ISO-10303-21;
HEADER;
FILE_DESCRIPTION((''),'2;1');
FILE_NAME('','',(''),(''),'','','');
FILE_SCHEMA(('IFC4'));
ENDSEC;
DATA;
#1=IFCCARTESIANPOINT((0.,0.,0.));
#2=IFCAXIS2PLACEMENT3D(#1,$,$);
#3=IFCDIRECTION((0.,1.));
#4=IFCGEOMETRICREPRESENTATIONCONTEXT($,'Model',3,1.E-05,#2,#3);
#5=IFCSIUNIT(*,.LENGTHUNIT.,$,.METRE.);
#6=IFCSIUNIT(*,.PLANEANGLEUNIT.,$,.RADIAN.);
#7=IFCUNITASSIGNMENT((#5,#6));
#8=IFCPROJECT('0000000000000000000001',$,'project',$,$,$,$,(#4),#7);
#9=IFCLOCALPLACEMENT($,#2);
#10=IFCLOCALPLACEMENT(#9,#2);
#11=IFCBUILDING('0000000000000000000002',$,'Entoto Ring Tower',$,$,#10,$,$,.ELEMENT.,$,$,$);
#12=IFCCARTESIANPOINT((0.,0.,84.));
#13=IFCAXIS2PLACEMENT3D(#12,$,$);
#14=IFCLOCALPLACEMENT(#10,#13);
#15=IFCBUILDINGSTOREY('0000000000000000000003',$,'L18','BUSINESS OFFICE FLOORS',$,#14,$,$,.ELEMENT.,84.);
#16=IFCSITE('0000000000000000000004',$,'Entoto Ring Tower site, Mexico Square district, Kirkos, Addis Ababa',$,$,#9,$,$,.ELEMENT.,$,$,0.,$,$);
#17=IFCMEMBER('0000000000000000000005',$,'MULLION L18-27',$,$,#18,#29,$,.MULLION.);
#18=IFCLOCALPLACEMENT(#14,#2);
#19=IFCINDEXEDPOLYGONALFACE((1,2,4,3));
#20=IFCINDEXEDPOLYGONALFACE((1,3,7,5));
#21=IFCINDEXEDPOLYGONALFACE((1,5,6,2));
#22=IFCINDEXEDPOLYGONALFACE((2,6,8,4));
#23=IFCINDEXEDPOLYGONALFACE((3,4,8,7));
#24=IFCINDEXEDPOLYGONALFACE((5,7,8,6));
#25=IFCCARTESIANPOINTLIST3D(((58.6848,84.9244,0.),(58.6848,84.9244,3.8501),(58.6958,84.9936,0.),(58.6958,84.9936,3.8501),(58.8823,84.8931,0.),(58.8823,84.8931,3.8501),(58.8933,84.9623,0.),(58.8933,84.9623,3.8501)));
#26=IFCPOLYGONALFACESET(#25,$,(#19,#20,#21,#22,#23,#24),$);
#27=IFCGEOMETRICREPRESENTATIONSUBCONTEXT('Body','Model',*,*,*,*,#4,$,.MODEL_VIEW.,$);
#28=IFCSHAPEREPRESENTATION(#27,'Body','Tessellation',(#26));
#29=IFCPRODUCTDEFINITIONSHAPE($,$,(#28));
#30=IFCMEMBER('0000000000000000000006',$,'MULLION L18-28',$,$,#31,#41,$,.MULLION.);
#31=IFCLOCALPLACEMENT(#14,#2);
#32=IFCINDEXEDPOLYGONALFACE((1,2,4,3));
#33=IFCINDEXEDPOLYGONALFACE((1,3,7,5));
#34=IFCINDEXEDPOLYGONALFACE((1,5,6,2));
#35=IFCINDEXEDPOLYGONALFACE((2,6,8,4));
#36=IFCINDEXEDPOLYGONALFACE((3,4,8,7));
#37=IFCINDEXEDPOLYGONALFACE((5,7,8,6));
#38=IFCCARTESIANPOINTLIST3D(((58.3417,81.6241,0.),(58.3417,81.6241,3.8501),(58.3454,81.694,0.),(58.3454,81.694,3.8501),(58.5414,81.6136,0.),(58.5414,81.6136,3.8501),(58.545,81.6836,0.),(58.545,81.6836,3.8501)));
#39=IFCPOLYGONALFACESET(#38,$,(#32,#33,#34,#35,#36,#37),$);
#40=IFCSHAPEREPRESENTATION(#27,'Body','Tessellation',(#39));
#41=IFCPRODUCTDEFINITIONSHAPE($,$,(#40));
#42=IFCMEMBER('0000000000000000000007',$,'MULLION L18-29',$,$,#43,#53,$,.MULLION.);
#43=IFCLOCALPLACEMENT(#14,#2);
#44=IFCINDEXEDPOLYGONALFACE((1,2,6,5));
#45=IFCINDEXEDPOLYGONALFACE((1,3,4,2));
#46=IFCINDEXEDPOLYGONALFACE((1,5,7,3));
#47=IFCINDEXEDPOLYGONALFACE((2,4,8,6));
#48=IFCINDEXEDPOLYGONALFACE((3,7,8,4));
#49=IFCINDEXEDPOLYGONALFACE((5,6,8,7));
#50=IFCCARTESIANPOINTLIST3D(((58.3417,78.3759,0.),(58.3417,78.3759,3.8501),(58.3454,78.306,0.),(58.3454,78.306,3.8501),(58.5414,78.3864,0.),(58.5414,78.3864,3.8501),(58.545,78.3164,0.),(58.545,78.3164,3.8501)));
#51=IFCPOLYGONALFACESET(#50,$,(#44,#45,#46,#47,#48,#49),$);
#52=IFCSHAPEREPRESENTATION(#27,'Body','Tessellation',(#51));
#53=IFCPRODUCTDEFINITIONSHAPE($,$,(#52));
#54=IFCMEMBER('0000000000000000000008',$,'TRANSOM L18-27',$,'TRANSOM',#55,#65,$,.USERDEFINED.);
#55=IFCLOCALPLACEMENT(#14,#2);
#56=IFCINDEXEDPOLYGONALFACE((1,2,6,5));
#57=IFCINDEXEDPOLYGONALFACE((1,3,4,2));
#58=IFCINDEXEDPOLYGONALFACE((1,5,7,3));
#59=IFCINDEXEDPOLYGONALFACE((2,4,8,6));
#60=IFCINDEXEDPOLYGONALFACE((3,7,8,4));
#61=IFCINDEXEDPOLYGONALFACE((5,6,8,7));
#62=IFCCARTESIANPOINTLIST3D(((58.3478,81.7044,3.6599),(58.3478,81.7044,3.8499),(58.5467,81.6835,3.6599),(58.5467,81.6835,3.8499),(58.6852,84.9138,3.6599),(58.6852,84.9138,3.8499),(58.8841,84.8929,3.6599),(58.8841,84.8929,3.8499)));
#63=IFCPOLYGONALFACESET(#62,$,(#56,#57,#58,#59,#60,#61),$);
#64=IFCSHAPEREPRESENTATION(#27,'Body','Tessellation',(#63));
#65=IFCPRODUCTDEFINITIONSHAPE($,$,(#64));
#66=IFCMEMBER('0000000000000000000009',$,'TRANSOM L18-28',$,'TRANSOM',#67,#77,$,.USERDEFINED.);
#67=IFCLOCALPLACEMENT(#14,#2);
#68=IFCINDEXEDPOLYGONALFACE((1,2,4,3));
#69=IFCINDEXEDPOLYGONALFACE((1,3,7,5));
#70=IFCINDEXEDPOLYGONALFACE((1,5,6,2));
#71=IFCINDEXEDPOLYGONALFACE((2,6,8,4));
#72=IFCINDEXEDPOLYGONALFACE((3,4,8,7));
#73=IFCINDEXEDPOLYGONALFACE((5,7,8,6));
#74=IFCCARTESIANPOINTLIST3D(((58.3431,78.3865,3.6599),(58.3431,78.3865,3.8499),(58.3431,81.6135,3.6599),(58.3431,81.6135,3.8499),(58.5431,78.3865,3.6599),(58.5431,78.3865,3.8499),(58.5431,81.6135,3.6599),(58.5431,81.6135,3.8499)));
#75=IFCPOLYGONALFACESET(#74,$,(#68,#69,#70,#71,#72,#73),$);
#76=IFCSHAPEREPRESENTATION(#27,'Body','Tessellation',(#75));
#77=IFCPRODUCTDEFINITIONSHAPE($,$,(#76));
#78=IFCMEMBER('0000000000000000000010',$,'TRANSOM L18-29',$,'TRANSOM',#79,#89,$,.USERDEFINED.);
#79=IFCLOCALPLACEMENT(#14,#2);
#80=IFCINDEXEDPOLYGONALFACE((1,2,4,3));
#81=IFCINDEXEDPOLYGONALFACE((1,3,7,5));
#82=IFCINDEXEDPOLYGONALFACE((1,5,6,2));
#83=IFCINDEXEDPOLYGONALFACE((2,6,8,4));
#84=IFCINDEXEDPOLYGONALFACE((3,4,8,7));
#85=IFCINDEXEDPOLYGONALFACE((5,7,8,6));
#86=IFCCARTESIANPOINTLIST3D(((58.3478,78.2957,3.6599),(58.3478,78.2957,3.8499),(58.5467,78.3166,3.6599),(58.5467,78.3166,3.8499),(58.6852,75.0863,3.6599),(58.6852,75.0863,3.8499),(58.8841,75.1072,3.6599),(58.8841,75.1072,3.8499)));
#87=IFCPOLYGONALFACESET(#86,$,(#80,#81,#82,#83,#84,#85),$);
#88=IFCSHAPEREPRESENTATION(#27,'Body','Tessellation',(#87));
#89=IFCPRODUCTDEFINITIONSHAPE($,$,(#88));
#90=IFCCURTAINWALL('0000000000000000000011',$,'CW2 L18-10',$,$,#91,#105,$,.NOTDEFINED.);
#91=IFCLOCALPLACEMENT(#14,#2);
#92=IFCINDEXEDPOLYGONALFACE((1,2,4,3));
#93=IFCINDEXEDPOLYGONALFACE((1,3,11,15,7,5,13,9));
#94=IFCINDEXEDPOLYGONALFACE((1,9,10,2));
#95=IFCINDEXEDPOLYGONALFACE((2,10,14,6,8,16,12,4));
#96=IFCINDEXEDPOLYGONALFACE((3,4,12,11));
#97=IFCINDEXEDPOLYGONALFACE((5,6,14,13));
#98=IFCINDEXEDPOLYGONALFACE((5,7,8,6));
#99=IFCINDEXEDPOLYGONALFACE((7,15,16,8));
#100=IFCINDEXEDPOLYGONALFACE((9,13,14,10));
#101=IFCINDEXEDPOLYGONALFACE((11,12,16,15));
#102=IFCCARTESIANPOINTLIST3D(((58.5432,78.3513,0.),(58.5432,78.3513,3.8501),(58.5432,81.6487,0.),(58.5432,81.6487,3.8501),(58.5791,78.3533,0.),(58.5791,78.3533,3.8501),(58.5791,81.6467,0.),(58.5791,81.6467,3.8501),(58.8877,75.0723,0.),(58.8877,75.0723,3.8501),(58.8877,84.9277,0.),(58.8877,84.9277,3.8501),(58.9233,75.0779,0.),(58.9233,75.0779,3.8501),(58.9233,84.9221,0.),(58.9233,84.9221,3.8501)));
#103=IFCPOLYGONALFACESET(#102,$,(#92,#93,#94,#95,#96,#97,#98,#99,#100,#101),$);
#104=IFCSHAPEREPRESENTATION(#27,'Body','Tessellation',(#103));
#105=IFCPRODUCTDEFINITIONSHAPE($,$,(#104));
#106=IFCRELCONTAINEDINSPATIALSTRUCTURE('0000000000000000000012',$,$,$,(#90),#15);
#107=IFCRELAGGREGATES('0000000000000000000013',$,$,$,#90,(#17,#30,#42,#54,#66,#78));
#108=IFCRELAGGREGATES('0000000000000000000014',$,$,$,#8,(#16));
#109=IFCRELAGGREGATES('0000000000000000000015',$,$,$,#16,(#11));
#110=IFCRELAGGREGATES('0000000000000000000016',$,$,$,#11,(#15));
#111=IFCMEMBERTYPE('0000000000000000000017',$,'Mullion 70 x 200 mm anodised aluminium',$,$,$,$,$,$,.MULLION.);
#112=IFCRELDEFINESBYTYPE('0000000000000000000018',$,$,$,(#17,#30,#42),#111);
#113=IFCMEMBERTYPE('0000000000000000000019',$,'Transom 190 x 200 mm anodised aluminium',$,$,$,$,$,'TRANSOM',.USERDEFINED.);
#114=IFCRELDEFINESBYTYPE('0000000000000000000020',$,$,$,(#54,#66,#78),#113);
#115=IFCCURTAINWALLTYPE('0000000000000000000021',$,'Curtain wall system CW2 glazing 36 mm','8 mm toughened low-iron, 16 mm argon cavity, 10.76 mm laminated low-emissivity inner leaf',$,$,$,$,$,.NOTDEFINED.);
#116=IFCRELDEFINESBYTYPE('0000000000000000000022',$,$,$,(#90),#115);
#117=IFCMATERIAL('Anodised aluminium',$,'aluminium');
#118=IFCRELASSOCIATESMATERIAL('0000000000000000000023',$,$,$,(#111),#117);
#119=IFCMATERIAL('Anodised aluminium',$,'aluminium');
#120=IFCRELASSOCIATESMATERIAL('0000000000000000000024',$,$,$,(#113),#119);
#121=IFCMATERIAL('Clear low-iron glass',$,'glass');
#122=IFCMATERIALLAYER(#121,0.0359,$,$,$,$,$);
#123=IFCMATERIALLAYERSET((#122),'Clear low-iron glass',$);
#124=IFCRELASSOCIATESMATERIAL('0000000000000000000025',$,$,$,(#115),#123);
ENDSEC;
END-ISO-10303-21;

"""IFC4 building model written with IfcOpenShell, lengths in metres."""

from ifc_helpers import new_model, si_unit, direction, frame, origin, origin_2d, place, context, subcontext, project, spatial, polyline, rectangle, outline, extrude, material, layer, layer_set, material_profile, profile_set, type_object, element, aggregate, save


model = new_model("IFC4")

# Units and contexts
model_context = context("Model", 3, precision=1e-05, world=origin(), true_north=direction((0.0, 1.0)))
body_context = subcontext(model_context, "Body", "Model", "MODEL_VIEW")
ifc_project = project(units=[si_unit("LENGTHUNIT", "METRE"), si_unit("PLANEANGLEUNIT", "RADIAN")], contexts=[model_context])

# Members
ifc_material_1 = material(Name="Anodised aluminium", Category="aluminium")
ifc_material_profile_1 = material_profile(ifc_material_1, rectangle(XDim=0.0701, YDim=0.2, at=origin_2d()), Name="Mullion 70 x 200 mm anodised aluminium")
ifc_profile_set_1 = profile_set([ifc_material_profile_1], Name="Anodised aluminium")
member_type_1 = type_object("IfcMemberType", Name="Mullion 70 x 200 mm anodised aluminium", PredefinedType="MULLION", material=ifc_profile_set_1)
site_placement = place(None, origin())
building_placement = place(site_placement, origin())
storey_placement = place(building_placement, frame((0.0, 0.0, 84.0)))
member_1_placement = place(storey_placement, frame((58.7891, 84.9434, 0.0), z_axis=(0.0, 0.0, 1.0), x_axis=(-0.156434, -0.987688, 0.0)))
member_1 = element("IfcMember", 1, at=member_1_placement, type_object=member_type_1, Name="MULLION L18-27", PredefinedType="MULLION", context=body_context, shape_type="SweptSolid", body=[
    extrude(rectangle(XDim=0.0701, YDim=0.2, at=origin_2d()), origin(), (0.0, 0.0, 1.0), 3.8501),
])
member_2_placement = place(storey_placement, frame((58.4434, 81.6538, 0.0), z_axis=(0.0, 0.0, 1.0), x_axis=(-0.052336, -0.99863, 0.0)))
member_2 = element("IfcMember", 2, at=member_2_placement, type_object=member_type_1, Name="MULLION L18-28", PredefinedType="MULLION", context=body_context, shape_type="SweptSolid", body=[
    extrude(rectangle(XDim=0.0701, YDim=0.2, at=origin_2d()), origin(), (0.0, 0.0, 1.0), 3.8501),
])
member_3_placement = place(storey_placement, frame((58.4434, 78.3462, 0.0), z_axis=(0.0, 0.0, 1.0), x_axis=(0.052336, -0.99863, 0.0)))
member_3 = element("IfcMember", 3, at=member_3_placement, type_object=member_type_1, Name="MULLION L18-29", PredefinedType="MULLION", context=body_context, shape_type="SweptSolid", body=[
    extrude(rectangle(XDim=0.0701, YDim=0.2, at=origin_2d()), origin(), (0.0, 0.0, 1.0), 3.8501),
])
ifc_material_2 = material(Name="Anodised aluminium", Category="aluminium")
ifc_material_profile_2 = material_profile(ifc_material_2, rectangle(XDim=0.2, YDim=0.1899, at=origin_2d()), Name="Transom 190 x 200 mm anodised aluminium")
ifc_profile_set_2 = profile_set([ifc_material_profile_2], Name="Anodised aluminium")
member_type_2 = type_object("IfcMemberType", Name="Transom 190 x 200 mm anodised aluminium", ElementType="TRANSOM", PredefinedType="USERDEFINED", material=ifc_profile_set_2)
member_4_placement = place(storey_placement, frame((58.7847, 84.9033, 3.7549), z_axis=(-0.104551, -0.99452, 0.0), x_axis=(0.99452, -0.104551, 0.0)))
member_4 = element("IfcMember", 4, at=member_4_placement, type_object=member_type_2, Name="TRANSOM L18-27", ObjectType="TRANSOM", PredefinedType="USERDEFINED", context=body_context, shape_type="SweptSolid", body=[
    extrude(rectangle(XDim=0.2, YDim=0.1899, at=origin_2d()), origin(), (0.0, 0.0, 1.0), 3.2271),
])
member_5_placement = place(storey_placement, frame((58.4431, 81.6135, 3.7549), z_axis=(0.0, -1.0, 0.0), x_axis=(1.0, 0.0, 0.0)))
member_5 = element("IfcMember", 5, at=member_5_placement, type_object=member_type_2, Name="TRANSOM L18-28", ObjectType="TRANSOM", PredefinedType="USERDEFINED", context=body_context, shape_type="SweptSolid", body=[
    extrude(rectangle(XDim=0.2, YDim=0.1899, at=origin_2d()), origin(), (0.0, 0.0, 1.0), 3.2271),
])
member_6_placement = place(storey_placement, frame((58.4473, 78.3062, 3.7549), z_axis=(0.104551, -0.99452, 0.0), x_axis=(0.99452, 0.104551, 0.0)))
member_6 = element("IfcMember", 6, at=member_6_placement, type_object=member_type_2, Name="TRANSOM L18-29", ObjectType="TRANSOM", PredefinedType="USERDEFINED", context=body_context, shape_type="SweptSolid", body=[
    extrude(rectangle(XDim=0.2, YDim=0.1899, at=origin_2d()), origin(), (0.0, 0.0, 1.0), 3.2271),
])

# Site, building, storey
site = spatial("IfcSite", under=ifc_project, at=site_placement, Name="Entoto Ring Tower site, Mexico Square district, Kirkos, Addis Ababa", CompositionType="ELEMENT", RefElevation=0.0)
building = spatial("IfcBuilding", under=site, at=building_placement, Name="Entoto Ring Tower", CompositionType="ELEMENT")
storey = spatial("IfcBuildingStorey", under=building, at=storey_placement, Name="L18", Description="BUSINESS OFFICE FLOORS", CompositionType="ELEMENT", Elevation=84.0)

# Curtain wall
ifc_material_3 = material(Name="Clear low-iron glass", Category="glass")
ifc_layer = layer(ifc_material_3, 0.0359)
ifc_layer_set = layer_set([ifc_layer], Name="Clear low-iron glass")
curtain_wall_type = type_object("IfcCurtainWallType", Name="Curtain wall system CW2 glazing 36 mm", Description="8 mm toughened low-iron, 16 mm argon cavity, 10.76 mm laminated low-emissivity inner leaf", PredefinedType="NOTDEFINED", material=ifc_layer_set)
curtain_wall_1_placement = place(storey_placement, origin())
curtain_wall_1 = element("IfcCurtainWall", 7, at=curtain_wall_1_placement, inside=storey, type_object=curtain_wall_type, Name="CW2 L18-10", PredefinedType="NOTDEFINED", context=body_context, shape_type="SweptSolid", body=[
    extrude(outline(polyline([(58.8877, 84.9277), (58.5432, 81.6487), (58.5432, 78.3513), (58.8877, 75.0723), (58.9233, 75.0779), (58.5791, 78.3533), (58.5791, 81.6467), (58.9233, 84.9221), (58.8877, 84.9277)])), origin(), (0.0, 0.0, 1.0), 3.8501),
])
aggregate(curtain_wall_1, [member_1, member_2, member_3, member_4, member_5, member_6])

save(model, "model.ifc")
